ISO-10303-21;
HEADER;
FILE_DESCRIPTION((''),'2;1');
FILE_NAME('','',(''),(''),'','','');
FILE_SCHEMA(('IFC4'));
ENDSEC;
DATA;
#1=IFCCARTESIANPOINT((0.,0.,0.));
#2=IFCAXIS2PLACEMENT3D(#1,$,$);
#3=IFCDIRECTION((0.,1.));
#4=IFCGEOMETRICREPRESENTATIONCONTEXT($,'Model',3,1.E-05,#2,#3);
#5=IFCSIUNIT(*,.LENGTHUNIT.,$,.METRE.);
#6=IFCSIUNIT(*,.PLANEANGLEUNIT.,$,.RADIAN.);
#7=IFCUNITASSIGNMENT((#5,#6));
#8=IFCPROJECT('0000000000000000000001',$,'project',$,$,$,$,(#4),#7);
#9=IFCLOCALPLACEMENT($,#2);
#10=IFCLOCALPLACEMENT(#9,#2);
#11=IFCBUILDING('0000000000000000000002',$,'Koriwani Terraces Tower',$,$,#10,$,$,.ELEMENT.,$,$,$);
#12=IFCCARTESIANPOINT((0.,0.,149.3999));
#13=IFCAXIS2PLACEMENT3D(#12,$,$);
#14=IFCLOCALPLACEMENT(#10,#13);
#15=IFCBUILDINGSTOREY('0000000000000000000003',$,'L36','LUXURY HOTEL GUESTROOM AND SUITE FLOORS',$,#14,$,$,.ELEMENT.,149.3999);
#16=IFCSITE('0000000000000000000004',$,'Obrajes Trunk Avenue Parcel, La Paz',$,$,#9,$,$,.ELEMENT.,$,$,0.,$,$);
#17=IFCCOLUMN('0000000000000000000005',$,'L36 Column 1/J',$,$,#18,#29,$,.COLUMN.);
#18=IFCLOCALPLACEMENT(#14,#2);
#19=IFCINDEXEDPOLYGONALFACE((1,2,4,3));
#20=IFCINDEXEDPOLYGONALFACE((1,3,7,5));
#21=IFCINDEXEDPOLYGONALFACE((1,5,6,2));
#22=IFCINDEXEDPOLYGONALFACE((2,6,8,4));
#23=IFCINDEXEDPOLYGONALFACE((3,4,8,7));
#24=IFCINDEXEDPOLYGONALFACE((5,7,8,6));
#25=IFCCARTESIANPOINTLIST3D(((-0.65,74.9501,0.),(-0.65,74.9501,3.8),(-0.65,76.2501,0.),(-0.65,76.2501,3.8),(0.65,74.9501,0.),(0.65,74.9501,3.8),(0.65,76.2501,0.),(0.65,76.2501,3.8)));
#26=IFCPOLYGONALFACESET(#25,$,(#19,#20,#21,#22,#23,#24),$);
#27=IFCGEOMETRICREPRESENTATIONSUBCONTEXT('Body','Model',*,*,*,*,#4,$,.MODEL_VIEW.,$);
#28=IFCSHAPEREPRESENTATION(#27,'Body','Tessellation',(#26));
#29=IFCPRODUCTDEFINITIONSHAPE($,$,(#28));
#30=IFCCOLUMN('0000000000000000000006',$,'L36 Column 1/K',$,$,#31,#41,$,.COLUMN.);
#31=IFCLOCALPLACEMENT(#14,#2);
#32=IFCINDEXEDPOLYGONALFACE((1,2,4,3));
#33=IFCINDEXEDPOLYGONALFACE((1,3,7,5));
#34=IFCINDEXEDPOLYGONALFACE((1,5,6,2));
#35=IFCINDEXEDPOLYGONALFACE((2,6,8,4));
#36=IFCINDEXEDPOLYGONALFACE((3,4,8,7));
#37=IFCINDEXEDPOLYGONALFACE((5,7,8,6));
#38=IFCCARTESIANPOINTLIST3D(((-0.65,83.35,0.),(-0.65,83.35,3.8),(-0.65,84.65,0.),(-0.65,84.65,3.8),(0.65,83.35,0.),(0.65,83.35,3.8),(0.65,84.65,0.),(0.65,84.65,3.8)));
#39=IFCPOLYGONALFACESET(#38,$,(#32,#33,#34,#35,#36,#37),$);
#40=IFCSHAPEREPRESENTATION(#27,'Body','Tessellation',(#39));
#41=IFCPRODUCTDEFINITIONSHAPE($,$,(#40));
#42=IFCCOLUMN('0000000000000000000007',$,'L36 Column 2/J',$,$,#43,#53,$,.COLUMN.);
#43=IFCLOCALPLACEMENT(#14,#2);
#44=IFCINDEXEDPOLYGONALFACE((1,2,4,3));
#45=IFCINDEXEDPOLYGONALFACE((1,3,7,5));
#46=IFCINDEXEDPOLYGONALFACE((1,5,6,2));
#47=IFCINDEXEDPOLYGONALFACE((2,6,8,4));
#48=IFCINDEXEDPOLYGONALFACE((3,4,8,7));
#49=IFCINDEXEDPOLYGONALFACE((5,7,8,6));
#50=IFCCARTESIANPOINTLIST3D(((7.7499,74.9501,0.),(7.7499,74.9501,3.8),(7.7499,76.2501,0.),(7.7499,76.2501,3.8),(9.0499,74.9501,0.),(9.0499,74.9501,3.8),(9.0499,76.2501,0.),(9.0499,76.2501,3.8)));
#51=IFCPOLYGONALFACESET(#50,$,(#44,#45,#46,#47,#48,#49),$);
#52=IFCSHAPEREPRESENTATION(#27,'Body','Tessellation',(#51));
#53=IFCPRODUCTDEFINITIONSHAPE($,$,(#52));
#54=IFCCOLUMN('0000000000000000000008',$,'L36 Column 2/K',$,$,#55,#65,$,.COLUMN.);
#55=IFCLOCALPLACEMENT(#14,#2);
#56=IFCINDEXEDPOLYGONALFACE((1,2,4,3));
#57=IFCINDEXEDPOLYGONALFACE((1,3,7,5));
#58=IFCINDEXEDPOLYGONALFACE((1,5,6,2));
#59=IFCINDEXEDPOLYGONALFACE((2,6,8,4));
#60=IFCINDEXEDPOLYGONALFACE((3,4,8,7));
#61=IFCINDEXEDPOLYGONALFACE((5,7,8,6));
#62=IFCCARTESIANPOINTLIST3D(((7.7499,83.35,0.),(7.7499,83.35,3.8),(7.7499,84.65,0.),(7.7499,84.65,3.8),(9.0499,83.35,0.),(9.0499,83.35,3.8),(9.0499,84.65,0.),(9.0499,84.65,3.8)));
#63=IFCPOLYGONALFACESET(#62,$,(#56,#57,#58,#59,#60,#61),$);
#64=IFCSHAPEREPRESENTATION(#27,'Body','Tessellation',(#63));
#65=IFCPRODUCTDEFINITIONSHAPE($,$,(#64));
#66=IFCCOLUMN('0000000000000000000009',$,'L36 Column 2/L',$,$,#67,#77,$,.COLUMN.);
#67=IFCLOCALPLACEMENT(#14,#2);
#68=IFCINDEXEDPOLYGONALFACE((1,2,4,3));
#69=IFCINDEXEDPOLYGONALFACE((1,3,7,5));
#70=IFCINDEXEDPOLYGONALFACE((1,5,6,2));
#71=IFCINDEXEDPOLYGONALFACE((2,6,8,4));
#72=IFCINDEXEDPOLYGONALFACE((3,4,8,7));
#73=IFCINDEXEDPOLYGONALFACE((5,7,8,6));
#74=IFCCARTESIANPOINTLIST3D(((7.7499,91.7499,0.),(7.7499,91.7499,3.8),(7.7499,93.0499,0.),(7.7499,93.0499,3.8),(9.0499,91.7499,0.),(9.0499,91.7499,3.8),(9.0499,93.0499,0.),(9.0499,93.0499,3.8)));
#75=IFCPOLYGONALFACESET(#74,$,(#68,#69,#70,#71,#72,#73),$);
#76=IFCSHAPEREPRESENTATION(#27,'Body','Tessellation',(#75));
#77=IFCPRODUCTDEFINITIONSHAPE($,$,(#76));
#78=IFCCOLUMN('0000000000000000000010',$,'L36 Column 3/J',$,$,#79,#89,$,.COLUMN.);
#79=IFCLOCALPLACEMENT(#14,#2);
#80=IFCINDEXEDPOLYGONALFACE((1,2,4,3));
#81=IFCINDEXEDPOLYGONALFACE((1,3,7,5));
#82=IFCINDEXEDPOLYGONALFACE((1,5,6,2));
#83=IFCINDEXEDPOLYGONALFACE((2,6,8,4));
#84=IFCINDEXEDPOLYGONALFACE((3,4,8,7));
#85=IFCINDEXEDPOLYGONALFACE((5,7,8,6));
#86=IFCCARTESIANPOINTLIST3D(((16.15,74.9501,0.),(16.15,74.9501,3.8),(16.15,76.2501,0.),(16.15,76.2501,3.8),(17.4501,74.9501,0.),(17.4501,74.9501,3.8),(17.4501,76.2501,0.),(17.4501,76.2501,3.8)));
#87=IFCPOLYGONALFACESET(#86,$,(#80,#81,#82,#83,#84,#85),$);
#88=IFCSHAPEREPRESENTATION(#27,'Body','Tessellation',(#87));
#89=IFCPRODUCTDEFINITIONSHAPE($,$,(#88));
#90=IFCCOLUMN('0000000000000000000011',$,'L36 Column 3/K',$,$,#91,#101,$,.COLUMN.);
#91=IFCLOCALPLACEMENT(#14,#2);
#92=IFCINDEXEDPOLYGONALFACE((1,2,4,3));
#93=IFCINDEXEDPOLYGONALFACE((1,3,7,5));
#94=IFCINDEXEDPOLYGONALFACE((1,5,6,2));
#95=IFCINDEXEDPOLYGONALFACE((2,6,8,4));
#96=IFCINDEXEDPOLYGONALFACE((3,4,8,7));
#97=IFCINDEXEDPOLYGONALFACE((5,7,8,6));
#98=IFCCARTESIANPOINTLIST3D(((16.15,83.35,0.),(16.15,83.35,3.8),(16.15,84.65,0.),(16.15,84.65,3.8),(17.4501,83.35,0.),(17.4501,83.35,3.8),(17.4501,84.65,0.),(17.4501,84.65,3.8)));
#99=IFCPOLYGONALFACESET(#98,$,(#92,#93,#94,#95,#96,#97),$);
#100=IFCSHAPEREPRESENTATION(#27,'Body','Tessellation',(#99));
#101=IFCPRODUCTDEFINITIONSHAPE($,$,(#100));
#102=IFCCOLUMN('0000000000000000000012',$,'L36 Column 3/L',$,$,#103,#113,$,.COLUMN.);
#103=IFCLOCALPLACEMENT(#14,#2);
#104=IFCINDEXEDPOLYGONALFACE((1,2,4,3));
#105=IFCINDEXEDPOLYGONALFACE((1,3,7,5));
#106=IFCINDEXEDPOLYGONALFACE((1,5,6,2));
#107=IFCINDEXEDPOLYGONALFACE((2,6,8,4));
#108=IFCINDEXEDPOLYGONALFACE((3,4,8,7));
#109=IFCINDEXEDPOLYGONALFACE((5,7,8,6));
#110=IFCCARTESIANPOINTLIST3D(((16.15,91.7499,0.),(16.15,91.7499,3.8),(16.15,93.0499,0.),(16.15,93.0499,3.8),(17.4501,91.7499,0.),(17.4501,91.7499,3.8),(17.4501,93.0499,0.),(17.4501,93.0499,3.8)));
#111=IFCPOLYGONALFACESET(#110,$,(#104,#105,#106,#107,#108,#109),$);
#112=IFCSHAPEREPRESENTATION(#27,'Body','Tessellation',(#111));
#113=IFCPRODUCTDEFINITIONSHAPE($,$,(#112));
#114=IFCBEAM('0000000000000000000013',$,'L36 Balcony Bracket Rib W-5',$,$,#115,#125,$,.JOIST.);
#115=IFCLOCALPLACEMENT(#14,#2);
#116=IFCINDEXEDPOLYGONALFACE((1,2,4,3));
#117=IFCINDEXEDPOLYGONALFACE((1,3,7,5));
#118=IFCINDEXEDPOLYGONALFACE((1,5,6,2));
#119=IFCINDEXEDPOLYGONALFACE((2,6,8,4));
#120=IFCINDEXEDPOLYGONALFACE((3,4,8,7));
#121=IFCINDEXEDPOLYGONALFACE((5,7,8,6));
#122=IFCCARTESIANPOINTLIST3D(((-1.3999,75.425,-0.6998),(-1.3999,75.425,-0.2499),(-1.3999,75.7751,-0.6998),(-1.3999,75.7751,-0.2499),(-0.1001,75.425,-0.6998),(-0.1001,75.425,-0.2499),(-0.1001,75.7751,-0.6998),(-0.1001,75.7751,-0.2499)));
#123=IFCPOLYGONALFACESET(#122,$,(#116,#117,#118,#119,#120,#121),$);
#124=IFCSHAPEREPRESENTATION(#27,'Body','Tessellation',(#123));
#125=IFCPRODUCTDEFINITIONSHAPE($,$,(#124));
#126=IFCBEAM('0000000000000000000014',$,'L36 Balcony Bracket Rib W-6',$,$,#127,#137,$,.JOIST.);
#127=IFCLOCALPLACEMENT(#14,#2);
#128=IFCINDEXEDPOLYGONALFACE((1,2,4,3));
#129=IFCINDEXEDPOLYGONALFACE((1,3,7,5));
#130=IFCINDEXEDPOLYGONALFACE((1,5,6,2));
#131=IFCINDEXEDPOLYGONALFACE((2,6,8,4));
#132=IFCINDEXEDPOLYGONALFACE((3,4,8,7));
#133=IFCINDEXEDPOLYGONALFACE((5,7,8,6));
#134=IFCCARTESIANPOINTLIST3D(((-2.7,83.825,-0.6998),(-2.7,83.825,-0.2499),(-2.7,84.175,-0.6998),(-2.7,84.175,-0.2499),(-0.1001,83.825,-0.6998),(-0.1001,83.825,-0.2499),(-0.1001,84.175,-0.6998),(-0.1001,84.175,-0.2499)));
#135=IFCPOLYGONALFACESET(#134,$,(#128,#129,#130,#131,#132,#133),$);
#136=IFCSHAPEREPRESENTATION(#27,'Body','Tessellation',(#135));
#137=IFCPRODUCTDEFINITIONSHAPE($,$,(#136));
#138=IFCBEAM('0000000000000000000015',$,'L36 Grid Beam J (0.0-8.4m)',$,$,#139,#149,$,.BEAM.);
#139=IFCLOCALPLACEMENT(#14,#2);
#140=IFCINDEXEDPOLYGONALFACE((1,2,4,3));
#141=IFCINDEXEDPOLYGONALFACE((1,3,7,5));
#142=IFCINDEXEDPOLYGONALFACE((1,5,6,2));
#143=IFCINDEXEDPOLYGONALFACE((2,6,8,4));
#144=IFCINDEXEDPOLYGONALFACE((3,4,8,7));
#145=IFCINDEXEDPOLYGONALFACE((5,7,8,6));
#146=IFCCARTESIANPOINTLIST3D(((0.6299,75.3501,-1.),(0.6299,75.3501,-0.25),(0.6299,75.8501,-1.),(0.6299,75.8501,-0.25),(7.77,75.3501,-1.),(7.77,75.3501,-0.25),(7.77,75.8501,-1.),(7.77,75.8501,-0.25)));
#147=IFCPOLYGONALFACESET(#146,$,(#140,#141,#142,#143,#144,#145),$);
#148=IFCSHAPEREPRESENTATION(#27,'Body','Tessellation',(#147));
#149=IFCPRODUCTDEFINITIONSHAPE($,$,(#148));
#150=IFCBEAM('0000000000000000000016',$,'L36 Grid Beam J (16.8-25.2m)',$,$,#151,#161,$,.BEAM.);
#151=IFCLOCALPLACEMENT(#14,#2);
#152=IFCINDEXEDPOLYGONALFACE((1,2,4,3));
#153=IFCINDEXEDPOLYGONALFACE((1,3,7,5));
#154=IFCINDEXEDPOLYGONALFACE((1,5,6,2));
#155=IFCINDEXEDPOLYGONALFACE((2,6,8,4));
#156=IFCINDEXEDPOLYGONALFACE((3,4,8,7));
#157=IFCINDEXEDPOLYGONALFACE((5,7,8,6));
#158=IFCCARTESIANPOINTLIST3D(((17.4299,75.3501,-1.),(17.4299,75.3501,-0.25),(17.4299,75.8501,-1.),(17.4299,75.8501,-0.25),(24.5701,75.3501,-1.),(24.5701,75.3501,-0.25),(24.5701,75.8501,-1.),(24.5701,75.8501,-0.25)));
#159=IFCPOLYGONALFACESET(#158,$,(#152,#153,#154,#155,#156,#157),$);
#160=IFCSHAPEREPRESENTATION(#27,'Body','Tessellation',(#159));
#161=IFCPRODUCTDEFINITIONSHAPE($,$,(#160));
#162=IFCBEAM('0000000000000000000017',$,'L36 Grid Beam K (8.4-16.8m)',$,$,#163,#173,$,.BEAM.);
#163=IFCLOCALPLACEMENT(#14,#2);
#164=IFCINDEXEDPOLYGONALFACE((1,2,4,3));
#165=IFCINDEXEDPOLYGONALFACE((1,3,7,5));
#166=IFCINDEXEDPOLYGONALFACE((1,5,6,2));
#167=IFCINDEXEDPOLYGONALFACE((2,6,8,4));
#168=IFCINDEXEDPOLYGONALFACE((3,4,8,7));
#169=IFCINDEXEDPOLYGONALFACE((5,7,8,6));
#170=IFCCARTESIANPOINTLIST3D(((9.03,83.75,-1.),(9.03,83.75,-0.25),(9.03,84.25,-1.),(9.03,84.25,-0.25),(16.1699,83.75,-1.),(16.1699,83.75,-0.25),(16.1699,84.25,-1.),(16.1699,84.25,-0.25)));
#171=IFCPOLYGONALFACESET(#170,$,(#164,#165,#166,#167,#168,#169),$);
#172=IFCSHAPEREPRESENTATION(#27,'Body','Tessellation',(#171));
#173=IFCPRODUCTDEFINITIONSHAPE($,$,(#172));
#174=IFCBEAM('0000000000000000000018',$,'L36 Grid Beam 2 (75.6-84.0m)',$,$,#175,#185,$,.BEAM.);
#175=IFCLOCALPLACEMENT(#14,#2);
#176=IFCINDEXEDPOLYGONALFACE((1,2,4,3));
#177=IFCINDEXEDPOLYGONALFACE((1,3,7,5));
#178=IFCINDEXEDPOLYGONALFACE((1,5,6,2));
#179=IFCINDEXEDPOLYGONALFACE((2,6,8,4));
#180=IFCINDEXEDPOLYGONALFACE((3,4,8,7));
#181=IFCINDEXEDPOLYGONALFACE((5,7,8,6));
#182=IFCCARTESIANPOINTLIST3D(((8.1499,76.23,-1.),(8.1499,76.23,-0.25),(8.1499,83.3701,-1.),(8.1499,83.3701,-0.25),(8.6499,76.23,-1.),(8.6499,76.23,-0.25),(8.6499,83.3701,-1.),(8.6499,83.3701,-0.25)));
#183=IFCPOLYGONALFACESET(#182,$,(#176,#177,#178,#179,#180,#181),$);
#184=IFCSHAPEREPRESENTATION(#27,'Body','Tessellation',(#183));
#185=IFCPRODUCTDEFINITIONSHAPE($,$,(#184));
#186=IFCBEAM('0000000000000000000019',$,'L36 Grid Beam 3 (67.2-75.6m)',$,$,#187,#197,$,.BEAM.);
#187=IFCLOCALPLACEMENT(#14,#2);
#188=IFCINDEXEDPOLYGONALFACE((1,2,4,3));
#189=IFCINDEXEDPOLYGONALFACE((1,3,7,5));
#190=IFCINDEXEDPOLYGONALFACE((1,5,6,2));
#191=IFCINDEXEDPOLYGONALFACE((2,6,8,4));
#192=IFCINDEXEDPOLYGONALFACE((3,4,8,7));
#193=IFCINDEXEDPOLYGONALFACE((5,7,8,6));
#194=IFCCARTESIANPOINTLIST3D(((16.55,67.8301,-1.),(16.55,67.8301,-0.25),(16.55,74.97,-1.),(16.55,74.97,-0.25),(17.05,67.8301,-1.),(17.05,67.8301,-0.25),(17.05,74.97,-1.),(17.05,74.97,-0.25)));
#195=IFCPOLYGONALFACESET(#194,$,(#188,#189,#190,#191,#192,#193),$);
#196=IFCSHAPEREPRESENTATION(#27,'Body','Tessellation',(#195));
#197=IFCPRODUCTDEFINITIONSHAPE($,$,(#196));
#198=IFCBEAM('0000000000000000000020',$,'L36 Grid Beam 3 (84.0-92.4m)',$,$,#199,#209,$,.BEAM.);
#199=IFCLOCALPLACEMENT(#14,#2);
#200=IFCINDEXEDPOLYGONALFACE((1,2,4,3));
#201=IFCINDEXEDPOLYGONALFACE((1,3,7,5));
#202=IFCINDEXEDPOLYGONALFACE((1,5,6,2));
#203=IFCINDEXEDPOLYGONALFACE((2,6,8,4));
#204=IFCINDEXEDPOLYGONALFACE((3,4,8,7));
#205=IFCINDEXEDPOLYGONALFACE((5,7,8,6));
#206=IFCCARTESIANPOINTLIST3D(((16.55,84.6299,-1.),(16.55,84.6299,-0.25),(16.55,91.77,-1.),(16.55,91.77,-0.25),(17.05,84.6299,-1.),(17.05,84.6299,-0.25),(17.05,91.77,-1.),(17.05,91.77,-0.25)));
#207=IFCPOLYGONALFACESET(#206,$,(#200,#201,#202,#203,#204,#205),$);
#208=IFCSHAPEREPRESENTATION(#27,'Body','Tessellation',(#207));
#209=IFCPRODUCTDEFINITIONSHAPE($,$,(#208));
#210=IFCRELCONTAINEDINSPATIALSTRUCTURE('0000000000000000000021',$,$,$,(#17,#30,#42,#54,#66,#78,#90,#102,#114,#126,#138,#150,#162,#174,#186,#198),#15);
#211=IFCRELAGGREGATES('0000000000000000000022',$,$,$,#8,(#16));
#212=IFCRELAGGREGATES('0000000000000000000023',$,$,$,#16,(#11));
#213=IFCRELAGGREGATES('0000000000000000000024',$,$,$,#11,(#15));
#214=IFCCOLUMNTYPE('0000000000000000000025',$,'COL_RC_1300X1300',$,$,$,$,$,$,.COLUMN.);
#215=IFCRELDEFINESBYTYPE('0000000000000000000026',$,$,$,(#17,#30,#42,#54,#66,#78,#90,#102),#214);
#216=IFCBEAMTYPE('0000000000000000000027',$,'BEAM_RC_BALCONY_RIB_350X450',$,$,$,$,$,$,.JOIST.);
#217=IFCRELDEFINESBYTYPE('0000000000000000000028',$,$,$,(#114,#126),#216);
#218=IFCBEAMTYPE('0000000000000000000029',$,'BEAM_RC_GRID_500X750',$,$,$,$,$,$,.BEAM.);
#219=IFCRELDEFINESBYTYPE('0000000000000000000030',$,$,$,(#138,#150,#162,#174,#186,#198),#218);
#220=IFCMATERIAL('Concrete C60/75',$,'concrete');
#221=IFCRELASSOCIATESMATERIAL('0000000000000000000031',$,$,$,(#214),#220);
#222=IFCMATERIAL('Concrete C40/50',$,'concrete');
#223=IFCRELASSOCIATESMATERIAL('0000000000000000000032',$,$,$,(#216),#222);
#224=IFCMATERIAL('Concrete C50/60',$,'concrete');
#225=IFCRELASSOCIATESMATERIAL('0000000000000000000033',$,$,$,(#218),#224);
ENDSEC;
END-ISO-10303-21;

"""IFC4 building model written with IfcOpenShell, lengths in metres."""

from ifc_helpers import new_model, si_unit, direction, frame, origin, origin_2d, place, context, subcontext, project, spatial, rectangle, extrude, material, material_profile, profile_set, type_object, element, save


model = new_model("IFC4")

# Units and contexts
model_context = context("Model", 3, precision=1e-05, world=origin(), true_north=direction((0.0, 1.0)))
body_context = subcontext(model_context, "Body", "Model", "MODEL_VIEW")
ifc_project = project(units=[si_unit("LENGTHUNIT", "METRE"), si_unit("PLANEANGLEUNIT", "RADIAN")], contexts=[model_context])

# Site, building, storey
site_placement = place(None, origin())
site = spatial("IfcSite", under=ifc_project, at=site_placement, Name="Obrajes Trunk Avenue Parcel, La Paz", CompositionType="ELEMENT", RefElevation=0.0)
building_placement = place(site_placement, origin())
building = spatial("IfcBuilding", under=site, at=building_placement, Name="Koriwani Terraces Tower", CompositionType="ELEMENT")
storey_placement = place(building_placement, frame((0.0, 0.0, 149.3999)))
storey = spatial("IfcBuildingStorey", under=building, at=storey_placement, Name="L36", Description="LUXURY HOTEL GUESTROOM AND SUITE FLOORS", CompositionType="ELEMENT", Elevation=149.3999)

# Columns
ifc_material_1 = material(Name="Concrete C60/75", Category="concrete")
ifc_material_profile_1 = material_profile(ifc_material_1, rectangle(XDim=1.3, YDim=1.3, at=origin_2d()), Name="Concrete C60/75", Category="LoadBearing")
ifc_profile_set_1 = profile_set([ifc_material_profile_1], Name="Concrete C60/75")
column_type = type_object("IfcColumnType", Name="COL_RC_1300X1300", PredefinedType="COLUMN", material=ifc_profile_set_1)
for number, where, z_axis, x_axis, name in (
    (1, (0.0, 75.6001, 0.0), (0.0, 0.0, 1.0), (1.0, 0.0, 0.0), "L36 Column 1/J"),
    (2, (0.0, 84.0, 0.0), (0.0, 0.0, 1.0), (1.0, 0.0, 0.0), "L36 Column 1/K"),
    (3, (8.3999, 75.6001, 0.0), (0.0, 0.0, 1.0), (1.0, 0.0, 0.0), "L36 Column 2/J"),
    (4, (8.3999, 84.0, 0.0), (0.0, 0.0, 1.0), (1.0, 0.0, 0.0), "L36 Column 2/K"),
    (5, (8.3999, 92.3999, 0.0), (0.0, 0.0, 1.0), (1.0, 0.0, 0.0), "L36 Column 2/L"),
    (6, (16.8, 75.6001, 0.0), (0.0, 0.0, 1.0), (1.0, 0.0, 0.0), "L36 Column 3/J"),
    (7, (16.8, 84.0, 0.0), (0.0, 0.0, 1.0), (1.0, 0.0, 0.0), "L36 Column 3/K"),
    (8, (16.8, 92.3999, 0.0), (0.0, 0.0, 1.0), (1.0, 0.0, 0.0), "L36 Column 3/L"),
):
    element("IfcColumn", number, at=place(storey_placement, frame(where, z_axis=z_axis, x_axis=x_axis)), inside=storey, type_object=column_type, Name=name, PredefinedType="COLUMN", context=body_context, shape_type="SweptSolid", body=[
        extrude(rectangle(XDim=1.3, YDim=1.3, at=origin_2d()), origin(), (0.0, 0.0, 1.0), 3.8),
    ])

# Beams
ifc_material_2 = material(Name="Concrete C40/50", Category="concrete")
ifc_material_profile_2 = material_profile(ifc_material_2, rectangle(XDim=0.3501, YDim=0.45, at=origin_2d()), Name="Concrete C40/50", Category="LoadBearing")
ifc_profile_set_2 = profile_set([ifc_material_profile_2], Name="Concrete C40/50")
beam_type_1 = type_object("IfcBeamType", Name="BEAM_RC_BALCONY_RIB_350X450", PredefinedType="JOIST", material=ifc_profile_set_2)
beam_1_placement = place(storey_placement, frame((-1.3999, 75.6001, -0.4749), z_axis=(1.0, 0.0, 0.0), x_axis=(0.0, 1.0, 0.0)))
element("IfcBeam", 9, at=beam_1_placement, inside=storey, type_object=beam_type_1, Name="L36 Balcony Bracket Rib W-5", PredefinedType="JOIST", context=body_context, shape_type="SweptSolid", body=[
    extrude(rectangle(XDim=0.3501, YDim=0.45, at=origin_2d()), origin(), (0.0, 0.0, 1.0), 1.2998),
])
beam_2_placement = place(storey_placement, frame((-2.7, 84.0, -0.4749), z_axis=(1.0, 0.0, 0.0), x_axis=(0.0, 1.0, 0.0)))
element("IfcBeam", 10, at=beam_2_placement, inside=storey, type_object=beam_type_1, Name="L36 Balcony Bracket Rib W-6", PredefinedType="JOIST", context=body_context, shape_type="SweptSolid", body=[
    extrude(rectangle(XDim=0.3501, YDim=0.45, at=origin_2d()), origin(), (0.0, 0.0, 1.0), 2.5999),
])
ifc_material_3 = material(Name="Concrete C50/60", Category="concrete")
ifc_material_profile_3 = material_profile(ifc_material_3, rectangle(XDim=0.5, YDim=0.75, at=origin_2d()), Name="Concrete C50/60", Category="LoadBearing")
ifc_profile_set_3 = profile_set([ifc_material_profile_3], Name="Concrete C50/60")
beam_type_2 = type_object("IfcBeamType", Name="BEAM_RC_GRID_500X750", PredefinedType="BEAM", material=ifc_profile_set_3)
for number, where, z_axis, x_axis, name in (
    (11, (0.6299, 75.6001, -0.625), (1.0, 0.0, 0.0), (0.0, 1.0, 0.0), "L36 Grid Beam J (0.0-8.4m)"),
    (12, (17.4299, 75.6001, -0.625), (1.0, 0.0, 0.0), (0.0, 1.0, 0.0), "L36 Grid Beam J (16.8-25.2m)"),
):
    element("IfcBeam", number, at=place(storey_placement, frame(where, z_axis=z_axis, x_axis=x_axis)), inside=storey, type_object=beam_type_2, Name=name, PredefinedType="BEAM", context=body_context, shape_type="SweptSolid", body=[
        extrude(rectangle(XDim=0.5, YDim=0.75, at=origin_2d()), origin(), (0.0, 0.0, 1.0), 7.1401),
    ])
beam_3_placement = place(storey_placement, frame((9.03, 84.0, -0.625), z_axis=(1.0, 0.0, 0.0), x_axis=(0.0, 1.0, 0.0)))
element("IfcBeam", 13, at=beam_3_placement, inside=storey, type_object=beam_type_2, Name="L36 Grid Beam K (8.4-16.8m)", PredefinedType="BEAM", context=body_context, shape_type="SweptSolid", body=[
    extrude(rectangle(XDim=0.5, YDim=0.75, at=origin_2d()), origin(), (0.0, 0.0, 1.0), 7.1399),
])
beam_4_placement = place(storey_placement, frame((8.3999, 76.23, -0.625), z_axis=(0.0, 1.0, 0.0), x_axis=(-1.0, 0.0, 0.0)))
element("IfcBeam", 14, at=beam_4_placement, inside=storey, type_object=beam_type_2, Name="L36 Grid Beam 2 (75.6-84.0m)", PredefinedType="BEAM", context=body_context, shape_type="SweptSolid", body=[
    extrude(rectangle(XDim=0.5, YDim=0.75, at=origin_2d()), origin(), (0.0, 0.0, 1.0), 7.1401),
])
beam_5_placement = place(storey_placement, frame((16.8, 67.8301, -0.625), z_axis=(0.0, 1.0, 0.0), x_axis=(-1.0, 0.0, 0.0)))
element("IfcBeam", 15, at=beam_5_placement, inside=storey, type_object=beam_type_2, Name="L36 Grid Beam 3 (67.2-75.6m)", PredefinedType="BEAM", context=body_context, shape_type="SweptSolid", body=[
    extrude(rectangle(XDim=0.5, YDim=0.75, at=origin_2d()), origin(), (0.0, 0.0, 1.0), 7.1399),
])
beam_6_placement = place(storey_placement, frame((16.8, 84.6299, -0.625), z_axis=(0.0, 1.0, 0.0), x_axis=(-1.0, 0.0, 0.0)))
element("IfcBeam", 16, at=beam_6_placement, inside=storey, type_object=beam_type_2, Name="L36 Grid Beam 3 (84.0-92.4m)", PredefinedType="BEAM", context=body_context, shape_type="SweptSolid", body=[
    extrude(rectangle(XDim=0.5, YDim=0.75, at=origin_2d()), origin(), (0.0, 0.0, 1.0), 7.1401),
])

save(model, "model.ifc")
